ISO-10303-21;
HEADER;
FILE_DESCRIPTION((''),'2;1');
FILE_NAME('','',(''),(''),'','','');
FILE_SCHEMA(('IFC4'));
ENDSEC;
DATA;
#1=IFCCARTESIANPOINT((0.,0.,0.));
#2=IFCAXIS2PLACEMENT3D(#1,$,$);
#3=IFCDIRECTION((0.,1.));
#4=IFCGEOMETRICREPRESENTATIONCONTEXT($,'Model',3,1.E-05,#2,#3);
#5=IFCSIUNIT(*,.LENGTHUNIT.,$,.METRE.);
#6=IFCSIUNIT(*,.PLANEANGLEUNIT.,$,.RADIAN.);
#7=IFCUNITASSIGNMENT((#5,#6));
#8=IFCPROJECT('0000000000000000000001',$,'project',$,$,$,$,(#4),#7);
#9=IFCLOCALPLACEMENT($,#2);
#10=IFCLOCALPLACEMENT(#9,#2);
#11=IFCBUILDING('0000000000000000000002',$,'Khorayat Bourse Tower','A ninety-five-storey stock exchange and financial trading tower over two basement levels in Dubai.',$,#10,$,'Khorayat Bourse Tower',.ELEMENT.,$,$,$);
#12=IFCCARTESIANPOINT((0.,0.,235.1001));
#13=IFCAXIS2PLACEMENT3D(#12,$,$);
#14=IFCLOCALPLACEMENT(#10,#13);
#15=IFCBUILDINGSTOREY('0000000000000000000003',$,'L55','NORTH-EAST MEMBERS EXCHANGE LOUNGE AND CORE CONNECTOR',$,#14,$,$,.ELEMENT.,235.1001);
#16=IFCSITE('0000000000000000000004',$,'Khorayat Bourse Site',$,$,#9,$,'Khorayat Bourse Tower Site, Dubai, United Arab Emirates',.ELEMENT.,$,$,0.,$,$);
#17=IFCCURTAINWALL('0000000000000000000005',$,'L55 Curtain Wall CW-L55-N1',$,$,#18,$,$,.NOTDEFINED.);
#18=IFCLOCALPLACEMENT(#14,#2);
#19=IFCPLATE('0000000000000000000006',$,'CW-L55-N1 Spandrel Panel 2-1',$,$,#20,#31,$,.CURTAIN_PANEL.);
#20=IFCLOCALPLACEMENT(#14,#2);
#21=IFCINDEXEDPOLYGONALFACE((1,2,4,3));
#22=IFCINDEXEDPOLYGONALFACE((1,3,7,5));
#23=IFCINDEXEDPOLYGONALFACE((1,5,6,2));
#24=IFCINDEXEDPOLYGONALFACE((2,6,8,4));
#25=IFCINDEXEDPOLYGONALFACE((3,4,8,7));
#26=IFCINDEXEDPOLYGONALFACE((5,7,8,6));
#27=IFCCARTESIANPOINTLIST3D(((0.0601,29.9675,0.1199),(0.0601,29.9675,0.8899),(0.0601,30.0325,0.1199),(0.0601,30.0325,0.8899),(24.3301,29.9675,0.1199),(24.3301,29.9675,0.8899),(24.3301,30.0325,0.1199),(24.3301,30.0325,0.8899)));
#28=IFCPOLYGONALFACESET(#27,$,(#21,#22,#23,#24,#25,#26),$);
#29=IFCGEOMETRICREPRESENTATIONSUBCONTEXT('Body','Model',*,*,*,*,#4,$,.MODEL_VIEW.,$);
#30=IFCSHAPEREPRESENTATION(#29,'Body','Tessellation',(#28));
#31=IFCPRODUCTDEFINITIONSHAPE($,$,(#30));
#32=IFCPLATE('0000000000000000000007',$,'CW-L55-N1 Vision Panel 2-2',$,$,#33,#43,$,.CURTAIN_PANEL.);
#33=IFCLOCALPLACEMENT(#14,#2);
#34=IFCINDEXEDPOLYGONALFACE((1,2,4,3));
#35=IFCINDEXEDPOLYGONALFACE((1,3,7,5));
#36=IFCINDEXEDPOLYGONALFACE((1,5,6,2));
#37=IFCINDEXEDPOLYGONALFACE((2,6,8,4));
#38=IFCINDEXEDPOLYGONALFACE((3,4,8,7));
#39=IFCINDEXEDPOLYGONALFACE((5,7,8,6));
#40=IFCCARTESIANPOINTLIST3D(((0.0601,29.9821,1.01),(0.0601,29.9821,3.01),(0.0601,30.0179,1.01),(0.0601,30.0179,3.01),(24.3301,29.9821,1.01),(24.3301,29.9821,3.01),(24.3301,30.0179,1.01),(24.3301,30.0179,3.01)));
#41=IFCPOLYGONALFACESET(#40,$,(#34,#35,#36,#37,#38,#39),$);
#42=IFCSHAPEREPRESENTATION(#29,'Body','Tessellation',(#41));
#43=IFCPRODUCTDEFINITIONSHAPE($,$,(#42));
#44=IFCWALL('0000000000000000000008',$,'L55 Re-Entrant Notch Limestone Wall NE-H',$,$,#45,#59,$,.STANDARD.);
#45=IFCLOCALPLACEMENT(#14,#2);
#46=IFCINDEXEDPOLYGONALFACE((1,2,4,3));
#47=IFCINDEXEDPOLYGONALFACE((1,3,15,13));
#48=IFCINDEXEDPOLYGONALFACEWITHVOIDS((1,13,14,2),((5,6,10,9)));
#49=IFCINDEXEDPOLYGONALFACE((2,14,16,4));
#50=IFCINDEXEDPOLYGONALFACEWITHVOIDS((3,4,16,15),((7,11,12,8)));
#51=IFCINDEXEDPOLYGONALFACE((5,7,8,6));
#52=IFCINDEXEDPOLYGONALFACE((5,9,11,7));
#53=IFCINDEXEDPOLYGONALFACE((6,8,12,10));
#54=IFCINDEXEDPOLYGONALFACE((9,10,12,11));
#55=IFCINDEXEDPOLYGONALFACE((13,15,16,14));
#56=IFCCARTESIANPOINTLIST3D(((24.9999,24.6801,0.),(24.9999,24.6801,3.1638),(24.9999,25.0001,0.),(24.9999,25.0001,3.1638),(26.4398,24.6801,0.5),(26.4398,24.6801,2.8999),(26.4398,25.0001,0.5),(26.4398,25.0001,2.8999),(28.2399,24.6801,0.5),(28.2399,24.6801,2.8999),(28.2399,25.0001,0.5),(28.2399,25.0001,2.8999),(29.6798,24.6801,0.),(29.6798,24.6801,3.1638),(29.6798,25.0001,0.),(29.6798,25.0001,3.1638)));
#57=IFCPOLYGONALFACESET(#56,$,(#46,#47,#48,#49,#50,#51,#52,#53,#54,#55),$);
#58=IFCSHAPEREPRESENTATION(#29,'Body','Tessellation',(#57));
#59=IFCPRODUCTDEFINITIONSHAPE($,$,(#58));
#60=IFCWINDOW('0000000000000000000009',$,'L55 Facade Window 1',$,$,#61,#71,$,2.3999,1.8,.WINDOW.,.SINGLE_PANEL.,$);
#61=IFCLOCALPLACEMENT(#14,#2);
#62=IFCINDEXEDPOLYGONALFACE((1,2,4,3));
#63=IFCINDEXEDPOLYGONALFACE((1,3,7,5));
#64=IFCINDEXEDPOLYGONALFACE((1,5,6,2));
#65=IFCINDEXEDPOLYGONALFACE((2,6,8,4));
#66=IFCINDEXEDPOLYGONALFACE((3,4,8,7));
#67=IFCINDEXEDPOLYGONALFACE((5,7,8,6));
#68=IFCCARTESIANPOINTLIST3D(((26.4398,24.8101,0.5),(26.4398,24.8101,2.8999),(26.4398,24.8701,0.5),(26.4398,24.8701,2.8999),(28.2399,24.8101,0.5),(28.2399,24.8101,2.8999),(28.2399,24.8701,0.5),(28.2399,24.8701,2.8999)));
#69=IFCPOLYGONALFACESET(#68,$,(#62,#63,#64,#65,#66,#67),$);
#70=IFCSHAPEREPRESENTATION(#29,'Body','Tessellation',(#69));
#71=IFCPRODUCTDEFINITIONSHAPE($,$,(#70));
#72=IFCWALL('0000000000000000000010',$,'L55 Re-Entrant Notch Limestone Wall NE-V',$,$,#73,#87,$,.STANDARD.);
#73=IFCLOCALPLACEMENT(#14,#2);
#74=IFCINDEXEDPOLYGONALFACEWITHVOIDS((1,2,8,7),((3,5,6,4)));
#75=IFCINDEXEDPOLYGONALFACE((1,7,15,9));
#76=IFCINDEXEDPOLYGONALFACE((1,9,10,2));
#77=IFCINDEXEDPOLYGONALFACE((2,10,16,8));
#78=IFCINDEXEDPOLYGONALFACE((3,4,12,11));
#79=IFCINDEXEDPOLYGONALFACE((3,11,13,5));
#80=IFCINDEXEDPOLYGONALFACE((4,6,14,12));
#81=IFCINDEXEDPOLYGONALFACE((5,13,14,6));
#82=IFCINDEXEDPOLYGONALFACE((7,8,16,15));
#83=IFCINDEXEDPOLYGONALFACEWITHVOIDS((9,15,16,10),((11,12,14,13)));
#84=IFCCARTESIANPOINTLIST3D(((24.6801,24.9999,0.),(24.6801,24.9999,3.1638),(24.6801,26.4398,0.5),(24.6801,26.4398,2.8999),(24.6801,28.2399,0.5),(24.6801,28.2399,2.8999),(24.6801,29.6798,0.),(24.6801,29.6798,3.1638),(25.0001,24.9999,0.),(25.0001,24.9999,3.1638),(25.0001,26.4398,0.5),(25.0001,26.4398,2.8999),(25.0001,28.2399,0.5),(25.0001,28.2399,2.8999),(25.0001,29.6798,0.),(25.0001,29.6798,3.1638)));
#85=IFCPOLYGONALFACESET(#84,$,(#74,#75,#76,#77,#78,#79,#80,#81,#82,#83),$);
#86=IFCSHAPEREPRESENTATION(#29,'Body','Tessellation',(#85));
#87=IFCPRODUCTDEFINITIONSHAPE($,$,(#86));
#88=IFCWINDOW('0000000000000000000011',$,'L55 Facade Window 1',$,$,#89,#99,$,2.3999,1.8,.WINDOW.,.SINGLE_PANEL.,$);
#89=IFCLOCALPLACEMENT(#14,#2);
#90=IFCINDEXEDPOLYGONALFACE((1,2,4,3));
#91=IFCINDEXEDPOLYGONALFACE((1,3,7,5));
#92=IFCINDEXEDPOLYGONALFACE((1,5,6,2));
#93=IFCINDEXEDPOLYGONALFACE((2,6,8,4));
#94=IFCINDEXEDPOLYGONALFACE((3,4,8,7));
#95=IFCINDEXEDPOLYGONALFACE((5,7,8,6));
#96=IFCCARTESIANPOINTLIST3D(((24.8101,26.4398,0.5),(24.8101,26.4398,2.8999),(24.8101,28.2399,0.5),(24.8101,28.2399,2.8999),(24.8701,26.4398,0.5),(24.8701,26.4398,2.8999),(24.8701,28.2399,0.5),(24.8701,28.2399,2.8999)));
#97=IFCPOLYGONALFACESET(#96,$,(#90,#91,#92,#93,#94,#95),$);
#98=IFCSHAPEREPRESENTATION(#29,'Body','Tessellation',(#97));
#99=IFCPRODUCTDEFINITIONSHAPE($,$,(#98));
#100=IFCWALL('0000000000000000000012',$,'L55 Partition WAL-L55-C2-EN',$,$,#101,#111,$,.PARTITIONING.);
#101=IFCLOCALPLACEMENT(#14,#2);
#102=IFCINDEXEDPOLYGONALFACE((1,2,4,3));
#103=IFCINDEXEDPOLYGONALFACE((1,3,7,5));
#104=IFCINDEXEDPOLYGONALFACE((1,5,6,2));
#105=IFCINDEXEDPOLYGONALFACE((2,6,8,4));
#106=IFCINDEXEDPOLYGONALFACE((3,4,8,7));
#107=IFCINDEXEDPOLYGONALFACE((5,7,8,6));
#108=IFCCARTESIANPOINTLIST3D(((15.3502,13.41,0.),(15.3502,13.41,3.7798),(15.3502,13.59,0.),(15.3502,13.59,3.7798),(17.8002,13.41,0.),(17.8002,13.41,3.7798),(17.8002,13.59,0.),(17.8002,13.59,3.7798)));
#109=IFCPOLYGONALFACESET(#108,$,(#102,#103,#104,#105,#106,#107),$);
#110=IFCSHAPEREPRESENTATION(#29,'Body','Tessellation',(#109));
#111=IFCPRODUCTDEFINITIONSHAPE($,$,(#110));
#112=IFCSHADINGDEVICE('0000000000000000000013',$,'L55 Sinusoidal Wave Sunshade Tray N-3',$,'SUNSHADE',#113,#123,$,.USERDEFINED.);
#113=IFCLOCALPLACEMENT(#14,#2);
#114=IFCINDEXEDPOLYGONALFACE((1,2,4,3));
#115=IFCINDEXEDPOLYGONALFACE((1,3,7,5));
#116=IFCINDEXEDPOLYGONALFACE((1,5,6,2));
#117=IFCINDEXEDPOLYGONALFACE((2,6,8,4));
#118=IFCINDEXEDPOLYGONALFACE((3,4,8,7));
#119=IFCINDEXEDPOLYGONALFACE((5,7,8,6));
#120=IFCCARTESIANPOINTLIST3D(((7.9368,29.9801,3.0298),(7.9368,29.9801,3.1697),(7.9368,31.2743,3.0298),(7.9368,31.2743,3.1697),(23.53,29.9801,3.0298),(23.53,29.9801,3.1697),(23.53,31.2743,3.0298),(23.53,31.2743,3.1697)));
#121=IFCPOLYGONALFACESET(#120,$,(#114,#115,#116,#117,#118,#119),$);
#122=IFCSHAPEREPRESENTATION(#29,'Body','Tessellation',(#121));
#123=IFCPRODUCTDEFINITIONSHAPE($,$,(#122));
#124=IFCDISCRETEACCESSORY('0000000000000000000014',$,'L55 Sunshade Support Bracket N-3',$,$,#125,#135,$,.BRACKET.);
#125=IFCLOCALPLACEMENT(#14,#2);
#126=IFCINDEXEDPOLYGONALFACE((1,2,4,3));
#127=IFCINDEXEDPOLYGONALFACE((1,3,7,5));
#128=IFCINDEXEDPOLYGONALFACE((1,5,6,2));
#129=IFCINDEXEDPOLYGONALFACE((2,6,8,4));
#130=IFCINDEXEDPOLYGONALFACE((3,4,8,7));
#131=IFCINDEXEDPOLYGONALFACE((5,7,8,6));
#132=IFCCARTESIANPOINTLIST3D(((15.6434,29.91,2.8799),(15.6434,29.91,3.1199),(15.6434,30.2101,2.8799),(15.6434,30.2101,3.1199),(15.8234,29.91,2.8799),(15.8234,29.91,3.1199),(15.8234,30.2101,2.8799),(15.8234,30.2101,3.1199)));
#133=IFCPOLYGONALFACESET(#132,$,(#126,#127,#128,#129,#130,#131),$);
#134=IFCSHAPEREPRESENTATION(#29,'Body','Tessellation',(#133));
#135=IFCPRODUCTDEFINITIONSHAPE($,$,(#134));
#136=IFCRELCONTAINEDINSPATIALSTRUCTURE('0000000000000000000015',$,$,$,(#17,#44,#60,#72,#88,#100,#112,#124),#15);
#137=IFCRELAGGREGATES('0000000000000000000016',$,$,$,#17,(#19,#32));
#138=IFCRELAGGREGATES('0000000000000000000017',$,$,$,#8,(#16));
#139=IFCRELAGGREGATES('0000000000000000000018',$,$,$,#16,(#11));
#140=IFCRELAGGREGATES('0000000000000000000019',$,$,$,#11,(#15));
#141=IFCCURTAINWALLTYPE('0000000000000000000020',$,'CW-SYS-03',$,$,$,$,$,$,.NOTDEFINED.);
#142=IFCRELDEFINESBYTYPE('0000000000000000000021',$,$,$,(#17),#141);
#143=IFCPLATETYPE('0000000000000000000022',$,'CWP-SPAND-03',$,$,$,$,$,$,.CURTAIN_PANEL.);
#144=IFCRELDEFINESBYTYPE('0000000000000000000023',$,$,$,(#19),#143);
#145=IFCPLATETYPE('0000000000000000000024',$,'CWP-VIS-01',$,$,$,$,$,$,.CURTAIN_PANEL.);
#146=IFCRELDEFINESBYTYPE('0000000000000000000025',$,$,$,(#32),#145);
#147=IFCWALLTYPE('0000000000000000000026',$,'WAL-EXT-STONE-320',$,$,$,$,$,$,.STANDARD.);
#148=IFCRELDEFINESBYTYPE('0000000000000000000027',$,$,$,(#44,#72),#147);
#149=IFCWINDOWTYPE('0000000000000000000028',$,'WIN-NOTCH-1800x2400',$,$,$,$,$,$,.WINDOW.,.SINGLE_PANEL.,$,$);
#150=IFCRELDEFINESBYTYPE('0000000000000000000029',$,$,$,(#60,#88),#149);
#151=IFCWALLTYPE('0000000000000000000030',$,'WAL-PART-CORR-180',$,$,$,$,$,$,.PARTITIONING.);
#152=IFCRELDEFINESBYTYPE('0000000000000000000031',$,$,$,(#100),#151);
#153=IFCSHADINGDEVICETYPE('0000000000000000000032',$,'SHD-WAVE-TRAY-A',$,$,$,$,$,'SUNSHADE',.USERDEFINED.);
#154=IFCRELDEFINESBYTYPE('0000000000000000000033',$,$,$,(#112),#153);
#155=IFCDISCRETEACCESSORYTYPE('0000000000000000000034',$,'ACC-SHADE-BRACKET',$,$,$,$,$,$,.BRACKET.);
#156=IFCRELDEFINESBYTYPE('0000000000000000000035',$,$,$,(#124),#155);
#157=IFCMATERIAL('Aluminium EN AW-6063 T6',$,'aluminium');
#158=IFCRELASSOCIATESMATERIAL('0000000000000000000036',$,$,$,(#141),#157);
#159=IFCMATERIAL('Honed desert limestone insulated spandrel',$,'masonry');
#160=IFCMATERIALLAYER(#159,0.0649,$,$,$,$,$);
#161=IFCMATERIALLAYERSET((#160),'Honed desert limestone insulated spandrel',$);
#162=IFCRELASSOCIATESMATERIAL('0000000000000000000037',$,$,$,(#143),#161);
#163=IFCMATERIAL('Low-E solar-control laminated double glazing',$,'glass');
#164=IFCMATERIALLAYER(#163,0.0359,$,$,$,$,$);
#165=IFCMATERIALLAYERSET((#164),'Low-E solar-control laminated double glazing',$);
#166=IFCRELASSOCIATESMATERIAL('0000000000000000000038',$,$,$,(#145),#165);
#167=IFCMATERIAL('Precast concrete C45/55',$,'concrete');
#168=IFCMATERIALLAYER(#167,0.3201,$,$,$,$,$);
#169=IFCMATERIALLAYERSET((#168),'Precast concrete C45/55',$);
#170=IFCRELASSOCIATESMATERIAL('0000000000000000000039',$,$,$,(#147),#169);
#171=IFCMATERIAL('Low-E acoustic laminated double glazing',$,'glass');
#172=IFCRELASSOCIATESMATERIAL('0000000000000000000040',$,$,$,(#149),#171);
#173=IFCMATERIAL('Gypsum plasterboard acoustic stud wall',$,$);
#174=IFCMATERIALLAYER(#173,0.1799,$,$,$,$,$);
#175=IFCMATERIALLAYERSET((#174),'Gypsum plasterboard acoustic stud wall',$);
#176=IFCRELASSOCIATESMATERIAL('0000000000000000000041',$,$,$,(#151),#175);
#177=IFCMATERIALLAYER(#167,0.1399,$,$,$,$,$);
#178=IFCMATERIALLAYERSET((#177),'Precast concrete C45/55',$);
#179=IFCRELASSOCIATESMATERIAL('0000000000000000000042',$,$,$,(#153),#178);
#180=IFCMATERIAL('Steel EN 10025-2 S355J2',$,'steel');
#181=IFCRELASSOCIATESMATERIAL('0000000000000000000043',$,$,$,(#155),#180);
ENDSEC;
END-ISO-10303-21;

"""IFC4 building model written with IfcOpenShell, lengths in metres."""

from ifc_helpers import new_model, si_unit, direction, frame, frame_2d, origin, origin_2d, place, context, subcontext, project, spatial, rectangle, extrude, source, transform, mapped, material, layer, layer_set, type_object, element, fill, aggregate, save


model = new_model("IFC4")

# Units and contexts
model_context = context("Model", 3, precision=1e-05, world=origin(), true_north=direction((0.0, 1.0)))
body_context = subcontext(model_context, "Body", "Model", "MODEL_VIEW")
ifc_project = project(units=[si_unit("LENGTHUNIT", "METRE"), si_unit("PLANEANGLEUNIT", "RADIAN")], contexts=[model_context])

# Site, building, storey
site_placement = place(None, origin())
site = spatial("IfcSite", under=ifc_project, at=site_placement, Name="Khorayat Bourse Site", LongName="Khorayat Bourse Tower Site, Dubai, United Arab Emirates", CompositionType="ELEMENT", RefElevation=0.0)
building_placement = place(site_placement, origin())
building = spatial("IfcBuilding", under=site, at=building_placement, Name="Khorayat Bourse Tower", Description="A ninety-five-storey stock exchange and financial trading tower over two basement levels in Dubai.", LongName="Khorayat Bourse Tower", CompositionType="ELEMENT")
storey_placement = place(building_placement, frame((0.0, 0.0, 235.1001)))
storey = spatial("IfcBuildingStorey", under=building, at=storey_placement, Name="L55", Description="NORTH-EAST MEMBERS EXCHANGE LOUNGE AND CORE CONNECTOR", CompositionType="ELEMENT", Elevation=235.1001)

# Curtain wall
ifc_material_1 = material(Name="Aluminium EN AW-6063 T6", Category="aluminium")
curtain_wall_type = type_object("IfcCurtainWallType", Name="CW-SYS-03", PredefinedType="NOTDEFINED", material=ifc_material_1)
curtain_wall_1_placement = place(storey_placement, origin())
curtain_wall_1 = element("IfcCurtainWall", 1, at=curtain_wall_1_placement, inside=storey, type_object=curtain_wall_type, Name="L55 Curtain Wall CW-L55-N1", PredefinedType="NOTDEFINED")

# Plates
ifc_material_2 = material(Name="Steel EN 10025-2 S355J2", Category="steel")
ifc_material_3 = material(Name="Honed desert limestone insulated spandrel", Category="masonry")
ifc_layer_1 = layer(ifc_material_3, 0.0649)
ifc_layer_set_1 = layer_set([ifc_layer_1], Name="Honed desert limestone insulated spandrel")
plate_type_1 = type_object("IfcPlateType", Name="CWP-SPAND-03", PredefinedType="CURTAIN_PANEL", material=ifc_layer_set_1)
shared_shape_1 = source(origin(), body_context, "Body", "SweptSolid", [
    extrude(rectangle(XDim=24.27, YDim=0.0649, at=origin_2d()), origin(), (0.0, 0.0, 1.0), 0.77),
])
plate_1_placement = place(storey_placement, frame((12.1951, 30.0, 0.1199), z_axis=(0.0, 0.0, 1.0), x_axis=(1.0, 0.0, 0.0)))
plate_1 = element("IfcPlate", 2, at=plate_1_placement, type_object=plate_type_1, Name="CW-L55-N1 Spandrel Panel 2-1", PredefinedType="CURTAIN_PANEL", context=body_context, shape_type="MappedRepresentation", body=[
    mapped(shared_shape_1, transform((0.0, 0.0, 0.0), scale=1.0)),
])
ifc_material_4 = material(Name="Low-E solar-control laminated double glazing", Category="glass")
ifc_layer_2 = layer(ifc_material_4, 0.0359)
ifc_layer_set_2 = layer_set([ifc_layer_2], Name="Low-E solar-control laminated double glazing")
plate_type_2 = type_object("IfcPlateType", Name="CWP-VIS-01", PredefinedType="CURTAIN_PANEL", material=ifc_layer_set_2)
shared_shape_2 = source(origin(), body_context, "Body", "SweptSolid", [
    extrude(rectangle(XDim=24.27, YDim=0.0359, at=origin_2d()), origin(), (0.0, 0.0, 1.0), 2.0),
])
plate_2_placement = place(storey_placement, frame((12.1951, 30.0, 1.01), z_axis=(0.0, 0.0, 1.0), x_axis=(1.0, 0.0, 0.0)))
plate_2 = element("IfcPlate", 3, at=plate_2_placement, type_object=plate_type_2, Name="CW-L55-N1 Vision Panel 2-2", PredefinedType="CURTAIN_PANEL", context=body_context, shape_type="MappedRepresentation", body=[
    mapped(shared_shape_2, transform((0.0, 0.0, 0.0), scale=1.0)),
])
aggregate(curtain_wall_1, [plate_1, plate_2])

# Walls, openings, windows
ifc_material_5 = material(Name="Precast concrete C45/55", Category="concrete")
ifc_layer_3 = layer(ifc_material_5, 0.3201)
ifc_layer_set_3 = layer_set([ifc_layer_3], Name="Precast concrete C45/55")
wall_type_1 = type_object("IfcWallType", Name="WAL-EXT-STONE-320", PredefinedType="STANDARD", material=ifc_layer_set_3)
shared_shape_3 = source(origin(), body_context, "Body", "SweptSolid", [
    extrude(rectangle(XDim=4.6799, YDim=0.3201, at=frame_2d((2.3398, 0.0))), origin(), (0.0, 0.0, 1.0), 3.1638),
])
wall_1_placement = place(storey_placement, frame((25.0, 24.8401, 0.0), z_axis=(0.0, 0.0, 1.0), x_axis=(1.0, 0.0, 0.0)))
wall_1 = element("IfcWall", 4, at=wall_1_placement, inside=storey, type_object=wall_type_1, Name="L55 Re-Entrant Notch Limestone Wall NE-H", PredefinedType="STANDARD", context=body_context, shape_type="MappedRepresentation", body=[
    mapped(shared_shape_3, transform((0.0, 0.0, 0.0), scale=1.0)),
])
shared_shape_4 = source(origin(), body_context, "Body", "SweptSolid", [
    extrude(rectangle(XDim=1.8, YDim=2.3999, at=frame_2d((0.8999, 1.2))), frame((0.0, 0.1699, 0.0), z_axis=(0.0, -1.0, 0.0), x_axis=(1.0, 0.0, 0.0)), (0.0, 0.0, 1.0), 0.3401),
])
opening_1_placement = place(wall_1_placement, frame((1.4399, 0.0, 0.5)))
opening_1 = element("IfcOpeningElement", 5, at=opening_1_placement, cuts=wall_1, PredefinedType="OPENING", context=body_context, shape_type="MappedRepresentation", body=[
    mapped(shared_shape_4, transform((0.0, 0.0, 0.0), scale=1.0)),
])
ifc_material_6 = material(Name="Low-E acoustic laminated double glazing", Category="glass")
window_type = type_object("IfcWindowType", Name="WIN-NOTCH-1800x2400", PartitioningType="SINGLE_PANEL", PredefinedType="WINDOW", material=ifc_material_6)
shared_shape_5 = source(origin(), body_context, "Body", "SweptSolid", [
    extrude(rectangle(XDim=1.8, YDim=2.3999, at=frame_2d((0.8999, 1.2))), frame((0.0, 0.03, 0.0), z_axis=(0.0, -1.0, 0.0), x_axis=(1.0, 0.0, 0.0)), (0.0, 0.0, 1.0), 0.0601),
])
window_1_placement = place(opening_1_placement, origin())
window_1 = element("IfcWindow", 6, at=window_1_placement, inside=storey, type_object=window_type, Name="L55 Facade Window 1", OverallHeight=2.3999, OverallWidth=1.8, PartitioningType="SINGLE_PANEL", PredefinedType="WINDOW", context=body_context, shape_type="MappedRepresentation", body=[
    mapped(shared_shape_5, transform((0.0, 0.0, 0.0), scale=1.0)),
])
fill(opening_1, window_1)
wall_2_placement = place(storey_placement, frame((24.8401, 25.0, 0.0), z_axis=(0.0, 0.0, 1.0), x_axis=(0.0, 1.0, 0.0)))
wall_2 = element("IfcWall", 7, at=wall_2_placement, inside=storey, type_object=wall_type_1, Name="L55 Re-Entrant Notch Limestone Wall NE-V", PredefinedType="STANDARD", context=body_context, shape_type="MappedRepresentation", body=[
    mapped(shared_shape_3, transform((0.0, 0.0, 0.0), scale=1.0)),
])
opening_2_placement = place(wall_2_placement, frame((1.4399, 0.0, 0.5)))
opening_2 = element("IfcOpeningElement", 8, at=opening_2_placement, cuts=wall_2, PredefinedType="OPENING", context=body_context, shape_type="MappedRepresentation", body=[
    mapped(shared_shape_4, transform((0.0, 0.0, 0.0), scale=1.0)),
])
window_2_placement = place(opening_2_placement, origin())
window_2 = element("IfcWindow", 9, at=window_2_placement, inside=storey, type_object=window_type, Name="L55 Facade Window 1", OverallHeight=2.3999, OverallWidth=1.8, PartitioningType="SINGLE_PANEL", PredefinedType="WINDOW", context=body_context, shape_type="MappedRepresentation", body=[
    mapped(shared_shape_5, transform((0.0, 0.0, 0.0), scale=1.0)),
])
fill(opening_2, window_2)

# Wall
ifc_material_7 = material(Name="Gypsum plasterboard acoustic stud wall")
ifc_layer_4 = layer(ifc_material_7, 0.1799)
ifc_layer_set_4 = layer_set([ifc_layer_4], Name="Gypsum plasterboard acoustic stud wall")
wall_type_2 = type_object("IfcWallType", Name="WAL-PART-CORR-180", PredefinedType="PARTITIONING", material=ifc_layer_set_4)
shared_shape_6 = source(origin(), body_context, "Body", "SweptSolid", [
    extrude(rectangle(XDim=2.45, YDim=0.1799, at=frame_2d((1.2251, 0.0))), origin(), (0.0, 0.0, 1.0), 3.7798),
])
wall_3_placement = place(storey_placement, frame((15.3501, 13.5, 0.0), z_axis=(0.0, 0.0, 1.0), x_axis=(1.0, 0.0, 0.0)))
element("IfcWall", 10, at=wall_3_placement, inside=storey, type_object=wall_type_2, Name="L55 Partition WAL-L55-C2-EN", PredefinedType="PARTITIONING", context=body_context, shape_type="MappedRepresentation", body=[
    mapped(shared_shape_6, transform((0.0, 0.0, 0.0), scale=1.0)),
])

# Shading device
ifc_layer_5 = layer(ifc_material_5, 0.1399)
ifc_layer_set_5 = layer_set([ifc_layer_5], Name="Precast concrete C45/55")
shading_device_type = type_object("IfcShadingDeviceType", Name="SHD-WAVE-TRAY-A", ElementType="SUNSHADE", PredefinedType="USERDEFINED", material=ifc_layer_set_5)
shared_shape_7 = source(origin(), body_context, "Body", "SweptSolid", [
    extrude(rectangle(XDim=15.5933, YDim=1.2942, at=origin_2d()), origin(), (0.0, 0.0, 1.0), 0.1399),
])
shading_device_placement = place(storey_placement, frame((15.7334, 30.6272, 3.0298), z_axis=(0.0, 0.0, 1.0), x_axis=(1.0, 0.0, 0.0)))
element("IfcShadingDevice", 11, at=shading_device_placement, inside=storey, type_object=shading_device_type, Name="L55 Sinusoidal Wave Sunshade Tray N-3", ObjectType="SUNSHADE", PredefinedType="USERDEFINED", context=body_context, shape_type="MappedRepresentation", body=[
    mapped(shared_shape_7, transform((0.0, 0.0, 0.0), scale=1.0)),
])

# Discrete accessory
discrete_accessory_type = type_object("IfcDiscreteAccessoryType", Name="ACC-SHADE-BRACKET", PredefinedType="BRACKET", material=ifc_material_2)
shared_shape_8 = source(origin(), body_context, "Body", "SweptSolid", [
    extrude(rectangle(XDim=0.1799, YDim=0.3, at=origin_2d()), origin(), (0.0, 0.0, 1.0), 0.24),
])
discrete_accessory_placement = place(storey_placement, frame((15.7334, 30.0601, 2.8799), z_axis=(0.0, 0.0, 1.0), x_axis=(1.0, 0.0, 0.0)))
element("IfcDiscreteAccessory", 12, at=discrete_accessory_placement, inside=storey, type_object=discrete_accessory_type, Name="L55 Sunshade Support Bracket N-3", PredefinedType="BRACKET", context=body_context, shape_type="MappedRepresentation", body=[
    mapped(shared_shape_8, transform((0.0, 0.0, 0.0), scale=1.0)),
])

save(model, "model.ifc")
